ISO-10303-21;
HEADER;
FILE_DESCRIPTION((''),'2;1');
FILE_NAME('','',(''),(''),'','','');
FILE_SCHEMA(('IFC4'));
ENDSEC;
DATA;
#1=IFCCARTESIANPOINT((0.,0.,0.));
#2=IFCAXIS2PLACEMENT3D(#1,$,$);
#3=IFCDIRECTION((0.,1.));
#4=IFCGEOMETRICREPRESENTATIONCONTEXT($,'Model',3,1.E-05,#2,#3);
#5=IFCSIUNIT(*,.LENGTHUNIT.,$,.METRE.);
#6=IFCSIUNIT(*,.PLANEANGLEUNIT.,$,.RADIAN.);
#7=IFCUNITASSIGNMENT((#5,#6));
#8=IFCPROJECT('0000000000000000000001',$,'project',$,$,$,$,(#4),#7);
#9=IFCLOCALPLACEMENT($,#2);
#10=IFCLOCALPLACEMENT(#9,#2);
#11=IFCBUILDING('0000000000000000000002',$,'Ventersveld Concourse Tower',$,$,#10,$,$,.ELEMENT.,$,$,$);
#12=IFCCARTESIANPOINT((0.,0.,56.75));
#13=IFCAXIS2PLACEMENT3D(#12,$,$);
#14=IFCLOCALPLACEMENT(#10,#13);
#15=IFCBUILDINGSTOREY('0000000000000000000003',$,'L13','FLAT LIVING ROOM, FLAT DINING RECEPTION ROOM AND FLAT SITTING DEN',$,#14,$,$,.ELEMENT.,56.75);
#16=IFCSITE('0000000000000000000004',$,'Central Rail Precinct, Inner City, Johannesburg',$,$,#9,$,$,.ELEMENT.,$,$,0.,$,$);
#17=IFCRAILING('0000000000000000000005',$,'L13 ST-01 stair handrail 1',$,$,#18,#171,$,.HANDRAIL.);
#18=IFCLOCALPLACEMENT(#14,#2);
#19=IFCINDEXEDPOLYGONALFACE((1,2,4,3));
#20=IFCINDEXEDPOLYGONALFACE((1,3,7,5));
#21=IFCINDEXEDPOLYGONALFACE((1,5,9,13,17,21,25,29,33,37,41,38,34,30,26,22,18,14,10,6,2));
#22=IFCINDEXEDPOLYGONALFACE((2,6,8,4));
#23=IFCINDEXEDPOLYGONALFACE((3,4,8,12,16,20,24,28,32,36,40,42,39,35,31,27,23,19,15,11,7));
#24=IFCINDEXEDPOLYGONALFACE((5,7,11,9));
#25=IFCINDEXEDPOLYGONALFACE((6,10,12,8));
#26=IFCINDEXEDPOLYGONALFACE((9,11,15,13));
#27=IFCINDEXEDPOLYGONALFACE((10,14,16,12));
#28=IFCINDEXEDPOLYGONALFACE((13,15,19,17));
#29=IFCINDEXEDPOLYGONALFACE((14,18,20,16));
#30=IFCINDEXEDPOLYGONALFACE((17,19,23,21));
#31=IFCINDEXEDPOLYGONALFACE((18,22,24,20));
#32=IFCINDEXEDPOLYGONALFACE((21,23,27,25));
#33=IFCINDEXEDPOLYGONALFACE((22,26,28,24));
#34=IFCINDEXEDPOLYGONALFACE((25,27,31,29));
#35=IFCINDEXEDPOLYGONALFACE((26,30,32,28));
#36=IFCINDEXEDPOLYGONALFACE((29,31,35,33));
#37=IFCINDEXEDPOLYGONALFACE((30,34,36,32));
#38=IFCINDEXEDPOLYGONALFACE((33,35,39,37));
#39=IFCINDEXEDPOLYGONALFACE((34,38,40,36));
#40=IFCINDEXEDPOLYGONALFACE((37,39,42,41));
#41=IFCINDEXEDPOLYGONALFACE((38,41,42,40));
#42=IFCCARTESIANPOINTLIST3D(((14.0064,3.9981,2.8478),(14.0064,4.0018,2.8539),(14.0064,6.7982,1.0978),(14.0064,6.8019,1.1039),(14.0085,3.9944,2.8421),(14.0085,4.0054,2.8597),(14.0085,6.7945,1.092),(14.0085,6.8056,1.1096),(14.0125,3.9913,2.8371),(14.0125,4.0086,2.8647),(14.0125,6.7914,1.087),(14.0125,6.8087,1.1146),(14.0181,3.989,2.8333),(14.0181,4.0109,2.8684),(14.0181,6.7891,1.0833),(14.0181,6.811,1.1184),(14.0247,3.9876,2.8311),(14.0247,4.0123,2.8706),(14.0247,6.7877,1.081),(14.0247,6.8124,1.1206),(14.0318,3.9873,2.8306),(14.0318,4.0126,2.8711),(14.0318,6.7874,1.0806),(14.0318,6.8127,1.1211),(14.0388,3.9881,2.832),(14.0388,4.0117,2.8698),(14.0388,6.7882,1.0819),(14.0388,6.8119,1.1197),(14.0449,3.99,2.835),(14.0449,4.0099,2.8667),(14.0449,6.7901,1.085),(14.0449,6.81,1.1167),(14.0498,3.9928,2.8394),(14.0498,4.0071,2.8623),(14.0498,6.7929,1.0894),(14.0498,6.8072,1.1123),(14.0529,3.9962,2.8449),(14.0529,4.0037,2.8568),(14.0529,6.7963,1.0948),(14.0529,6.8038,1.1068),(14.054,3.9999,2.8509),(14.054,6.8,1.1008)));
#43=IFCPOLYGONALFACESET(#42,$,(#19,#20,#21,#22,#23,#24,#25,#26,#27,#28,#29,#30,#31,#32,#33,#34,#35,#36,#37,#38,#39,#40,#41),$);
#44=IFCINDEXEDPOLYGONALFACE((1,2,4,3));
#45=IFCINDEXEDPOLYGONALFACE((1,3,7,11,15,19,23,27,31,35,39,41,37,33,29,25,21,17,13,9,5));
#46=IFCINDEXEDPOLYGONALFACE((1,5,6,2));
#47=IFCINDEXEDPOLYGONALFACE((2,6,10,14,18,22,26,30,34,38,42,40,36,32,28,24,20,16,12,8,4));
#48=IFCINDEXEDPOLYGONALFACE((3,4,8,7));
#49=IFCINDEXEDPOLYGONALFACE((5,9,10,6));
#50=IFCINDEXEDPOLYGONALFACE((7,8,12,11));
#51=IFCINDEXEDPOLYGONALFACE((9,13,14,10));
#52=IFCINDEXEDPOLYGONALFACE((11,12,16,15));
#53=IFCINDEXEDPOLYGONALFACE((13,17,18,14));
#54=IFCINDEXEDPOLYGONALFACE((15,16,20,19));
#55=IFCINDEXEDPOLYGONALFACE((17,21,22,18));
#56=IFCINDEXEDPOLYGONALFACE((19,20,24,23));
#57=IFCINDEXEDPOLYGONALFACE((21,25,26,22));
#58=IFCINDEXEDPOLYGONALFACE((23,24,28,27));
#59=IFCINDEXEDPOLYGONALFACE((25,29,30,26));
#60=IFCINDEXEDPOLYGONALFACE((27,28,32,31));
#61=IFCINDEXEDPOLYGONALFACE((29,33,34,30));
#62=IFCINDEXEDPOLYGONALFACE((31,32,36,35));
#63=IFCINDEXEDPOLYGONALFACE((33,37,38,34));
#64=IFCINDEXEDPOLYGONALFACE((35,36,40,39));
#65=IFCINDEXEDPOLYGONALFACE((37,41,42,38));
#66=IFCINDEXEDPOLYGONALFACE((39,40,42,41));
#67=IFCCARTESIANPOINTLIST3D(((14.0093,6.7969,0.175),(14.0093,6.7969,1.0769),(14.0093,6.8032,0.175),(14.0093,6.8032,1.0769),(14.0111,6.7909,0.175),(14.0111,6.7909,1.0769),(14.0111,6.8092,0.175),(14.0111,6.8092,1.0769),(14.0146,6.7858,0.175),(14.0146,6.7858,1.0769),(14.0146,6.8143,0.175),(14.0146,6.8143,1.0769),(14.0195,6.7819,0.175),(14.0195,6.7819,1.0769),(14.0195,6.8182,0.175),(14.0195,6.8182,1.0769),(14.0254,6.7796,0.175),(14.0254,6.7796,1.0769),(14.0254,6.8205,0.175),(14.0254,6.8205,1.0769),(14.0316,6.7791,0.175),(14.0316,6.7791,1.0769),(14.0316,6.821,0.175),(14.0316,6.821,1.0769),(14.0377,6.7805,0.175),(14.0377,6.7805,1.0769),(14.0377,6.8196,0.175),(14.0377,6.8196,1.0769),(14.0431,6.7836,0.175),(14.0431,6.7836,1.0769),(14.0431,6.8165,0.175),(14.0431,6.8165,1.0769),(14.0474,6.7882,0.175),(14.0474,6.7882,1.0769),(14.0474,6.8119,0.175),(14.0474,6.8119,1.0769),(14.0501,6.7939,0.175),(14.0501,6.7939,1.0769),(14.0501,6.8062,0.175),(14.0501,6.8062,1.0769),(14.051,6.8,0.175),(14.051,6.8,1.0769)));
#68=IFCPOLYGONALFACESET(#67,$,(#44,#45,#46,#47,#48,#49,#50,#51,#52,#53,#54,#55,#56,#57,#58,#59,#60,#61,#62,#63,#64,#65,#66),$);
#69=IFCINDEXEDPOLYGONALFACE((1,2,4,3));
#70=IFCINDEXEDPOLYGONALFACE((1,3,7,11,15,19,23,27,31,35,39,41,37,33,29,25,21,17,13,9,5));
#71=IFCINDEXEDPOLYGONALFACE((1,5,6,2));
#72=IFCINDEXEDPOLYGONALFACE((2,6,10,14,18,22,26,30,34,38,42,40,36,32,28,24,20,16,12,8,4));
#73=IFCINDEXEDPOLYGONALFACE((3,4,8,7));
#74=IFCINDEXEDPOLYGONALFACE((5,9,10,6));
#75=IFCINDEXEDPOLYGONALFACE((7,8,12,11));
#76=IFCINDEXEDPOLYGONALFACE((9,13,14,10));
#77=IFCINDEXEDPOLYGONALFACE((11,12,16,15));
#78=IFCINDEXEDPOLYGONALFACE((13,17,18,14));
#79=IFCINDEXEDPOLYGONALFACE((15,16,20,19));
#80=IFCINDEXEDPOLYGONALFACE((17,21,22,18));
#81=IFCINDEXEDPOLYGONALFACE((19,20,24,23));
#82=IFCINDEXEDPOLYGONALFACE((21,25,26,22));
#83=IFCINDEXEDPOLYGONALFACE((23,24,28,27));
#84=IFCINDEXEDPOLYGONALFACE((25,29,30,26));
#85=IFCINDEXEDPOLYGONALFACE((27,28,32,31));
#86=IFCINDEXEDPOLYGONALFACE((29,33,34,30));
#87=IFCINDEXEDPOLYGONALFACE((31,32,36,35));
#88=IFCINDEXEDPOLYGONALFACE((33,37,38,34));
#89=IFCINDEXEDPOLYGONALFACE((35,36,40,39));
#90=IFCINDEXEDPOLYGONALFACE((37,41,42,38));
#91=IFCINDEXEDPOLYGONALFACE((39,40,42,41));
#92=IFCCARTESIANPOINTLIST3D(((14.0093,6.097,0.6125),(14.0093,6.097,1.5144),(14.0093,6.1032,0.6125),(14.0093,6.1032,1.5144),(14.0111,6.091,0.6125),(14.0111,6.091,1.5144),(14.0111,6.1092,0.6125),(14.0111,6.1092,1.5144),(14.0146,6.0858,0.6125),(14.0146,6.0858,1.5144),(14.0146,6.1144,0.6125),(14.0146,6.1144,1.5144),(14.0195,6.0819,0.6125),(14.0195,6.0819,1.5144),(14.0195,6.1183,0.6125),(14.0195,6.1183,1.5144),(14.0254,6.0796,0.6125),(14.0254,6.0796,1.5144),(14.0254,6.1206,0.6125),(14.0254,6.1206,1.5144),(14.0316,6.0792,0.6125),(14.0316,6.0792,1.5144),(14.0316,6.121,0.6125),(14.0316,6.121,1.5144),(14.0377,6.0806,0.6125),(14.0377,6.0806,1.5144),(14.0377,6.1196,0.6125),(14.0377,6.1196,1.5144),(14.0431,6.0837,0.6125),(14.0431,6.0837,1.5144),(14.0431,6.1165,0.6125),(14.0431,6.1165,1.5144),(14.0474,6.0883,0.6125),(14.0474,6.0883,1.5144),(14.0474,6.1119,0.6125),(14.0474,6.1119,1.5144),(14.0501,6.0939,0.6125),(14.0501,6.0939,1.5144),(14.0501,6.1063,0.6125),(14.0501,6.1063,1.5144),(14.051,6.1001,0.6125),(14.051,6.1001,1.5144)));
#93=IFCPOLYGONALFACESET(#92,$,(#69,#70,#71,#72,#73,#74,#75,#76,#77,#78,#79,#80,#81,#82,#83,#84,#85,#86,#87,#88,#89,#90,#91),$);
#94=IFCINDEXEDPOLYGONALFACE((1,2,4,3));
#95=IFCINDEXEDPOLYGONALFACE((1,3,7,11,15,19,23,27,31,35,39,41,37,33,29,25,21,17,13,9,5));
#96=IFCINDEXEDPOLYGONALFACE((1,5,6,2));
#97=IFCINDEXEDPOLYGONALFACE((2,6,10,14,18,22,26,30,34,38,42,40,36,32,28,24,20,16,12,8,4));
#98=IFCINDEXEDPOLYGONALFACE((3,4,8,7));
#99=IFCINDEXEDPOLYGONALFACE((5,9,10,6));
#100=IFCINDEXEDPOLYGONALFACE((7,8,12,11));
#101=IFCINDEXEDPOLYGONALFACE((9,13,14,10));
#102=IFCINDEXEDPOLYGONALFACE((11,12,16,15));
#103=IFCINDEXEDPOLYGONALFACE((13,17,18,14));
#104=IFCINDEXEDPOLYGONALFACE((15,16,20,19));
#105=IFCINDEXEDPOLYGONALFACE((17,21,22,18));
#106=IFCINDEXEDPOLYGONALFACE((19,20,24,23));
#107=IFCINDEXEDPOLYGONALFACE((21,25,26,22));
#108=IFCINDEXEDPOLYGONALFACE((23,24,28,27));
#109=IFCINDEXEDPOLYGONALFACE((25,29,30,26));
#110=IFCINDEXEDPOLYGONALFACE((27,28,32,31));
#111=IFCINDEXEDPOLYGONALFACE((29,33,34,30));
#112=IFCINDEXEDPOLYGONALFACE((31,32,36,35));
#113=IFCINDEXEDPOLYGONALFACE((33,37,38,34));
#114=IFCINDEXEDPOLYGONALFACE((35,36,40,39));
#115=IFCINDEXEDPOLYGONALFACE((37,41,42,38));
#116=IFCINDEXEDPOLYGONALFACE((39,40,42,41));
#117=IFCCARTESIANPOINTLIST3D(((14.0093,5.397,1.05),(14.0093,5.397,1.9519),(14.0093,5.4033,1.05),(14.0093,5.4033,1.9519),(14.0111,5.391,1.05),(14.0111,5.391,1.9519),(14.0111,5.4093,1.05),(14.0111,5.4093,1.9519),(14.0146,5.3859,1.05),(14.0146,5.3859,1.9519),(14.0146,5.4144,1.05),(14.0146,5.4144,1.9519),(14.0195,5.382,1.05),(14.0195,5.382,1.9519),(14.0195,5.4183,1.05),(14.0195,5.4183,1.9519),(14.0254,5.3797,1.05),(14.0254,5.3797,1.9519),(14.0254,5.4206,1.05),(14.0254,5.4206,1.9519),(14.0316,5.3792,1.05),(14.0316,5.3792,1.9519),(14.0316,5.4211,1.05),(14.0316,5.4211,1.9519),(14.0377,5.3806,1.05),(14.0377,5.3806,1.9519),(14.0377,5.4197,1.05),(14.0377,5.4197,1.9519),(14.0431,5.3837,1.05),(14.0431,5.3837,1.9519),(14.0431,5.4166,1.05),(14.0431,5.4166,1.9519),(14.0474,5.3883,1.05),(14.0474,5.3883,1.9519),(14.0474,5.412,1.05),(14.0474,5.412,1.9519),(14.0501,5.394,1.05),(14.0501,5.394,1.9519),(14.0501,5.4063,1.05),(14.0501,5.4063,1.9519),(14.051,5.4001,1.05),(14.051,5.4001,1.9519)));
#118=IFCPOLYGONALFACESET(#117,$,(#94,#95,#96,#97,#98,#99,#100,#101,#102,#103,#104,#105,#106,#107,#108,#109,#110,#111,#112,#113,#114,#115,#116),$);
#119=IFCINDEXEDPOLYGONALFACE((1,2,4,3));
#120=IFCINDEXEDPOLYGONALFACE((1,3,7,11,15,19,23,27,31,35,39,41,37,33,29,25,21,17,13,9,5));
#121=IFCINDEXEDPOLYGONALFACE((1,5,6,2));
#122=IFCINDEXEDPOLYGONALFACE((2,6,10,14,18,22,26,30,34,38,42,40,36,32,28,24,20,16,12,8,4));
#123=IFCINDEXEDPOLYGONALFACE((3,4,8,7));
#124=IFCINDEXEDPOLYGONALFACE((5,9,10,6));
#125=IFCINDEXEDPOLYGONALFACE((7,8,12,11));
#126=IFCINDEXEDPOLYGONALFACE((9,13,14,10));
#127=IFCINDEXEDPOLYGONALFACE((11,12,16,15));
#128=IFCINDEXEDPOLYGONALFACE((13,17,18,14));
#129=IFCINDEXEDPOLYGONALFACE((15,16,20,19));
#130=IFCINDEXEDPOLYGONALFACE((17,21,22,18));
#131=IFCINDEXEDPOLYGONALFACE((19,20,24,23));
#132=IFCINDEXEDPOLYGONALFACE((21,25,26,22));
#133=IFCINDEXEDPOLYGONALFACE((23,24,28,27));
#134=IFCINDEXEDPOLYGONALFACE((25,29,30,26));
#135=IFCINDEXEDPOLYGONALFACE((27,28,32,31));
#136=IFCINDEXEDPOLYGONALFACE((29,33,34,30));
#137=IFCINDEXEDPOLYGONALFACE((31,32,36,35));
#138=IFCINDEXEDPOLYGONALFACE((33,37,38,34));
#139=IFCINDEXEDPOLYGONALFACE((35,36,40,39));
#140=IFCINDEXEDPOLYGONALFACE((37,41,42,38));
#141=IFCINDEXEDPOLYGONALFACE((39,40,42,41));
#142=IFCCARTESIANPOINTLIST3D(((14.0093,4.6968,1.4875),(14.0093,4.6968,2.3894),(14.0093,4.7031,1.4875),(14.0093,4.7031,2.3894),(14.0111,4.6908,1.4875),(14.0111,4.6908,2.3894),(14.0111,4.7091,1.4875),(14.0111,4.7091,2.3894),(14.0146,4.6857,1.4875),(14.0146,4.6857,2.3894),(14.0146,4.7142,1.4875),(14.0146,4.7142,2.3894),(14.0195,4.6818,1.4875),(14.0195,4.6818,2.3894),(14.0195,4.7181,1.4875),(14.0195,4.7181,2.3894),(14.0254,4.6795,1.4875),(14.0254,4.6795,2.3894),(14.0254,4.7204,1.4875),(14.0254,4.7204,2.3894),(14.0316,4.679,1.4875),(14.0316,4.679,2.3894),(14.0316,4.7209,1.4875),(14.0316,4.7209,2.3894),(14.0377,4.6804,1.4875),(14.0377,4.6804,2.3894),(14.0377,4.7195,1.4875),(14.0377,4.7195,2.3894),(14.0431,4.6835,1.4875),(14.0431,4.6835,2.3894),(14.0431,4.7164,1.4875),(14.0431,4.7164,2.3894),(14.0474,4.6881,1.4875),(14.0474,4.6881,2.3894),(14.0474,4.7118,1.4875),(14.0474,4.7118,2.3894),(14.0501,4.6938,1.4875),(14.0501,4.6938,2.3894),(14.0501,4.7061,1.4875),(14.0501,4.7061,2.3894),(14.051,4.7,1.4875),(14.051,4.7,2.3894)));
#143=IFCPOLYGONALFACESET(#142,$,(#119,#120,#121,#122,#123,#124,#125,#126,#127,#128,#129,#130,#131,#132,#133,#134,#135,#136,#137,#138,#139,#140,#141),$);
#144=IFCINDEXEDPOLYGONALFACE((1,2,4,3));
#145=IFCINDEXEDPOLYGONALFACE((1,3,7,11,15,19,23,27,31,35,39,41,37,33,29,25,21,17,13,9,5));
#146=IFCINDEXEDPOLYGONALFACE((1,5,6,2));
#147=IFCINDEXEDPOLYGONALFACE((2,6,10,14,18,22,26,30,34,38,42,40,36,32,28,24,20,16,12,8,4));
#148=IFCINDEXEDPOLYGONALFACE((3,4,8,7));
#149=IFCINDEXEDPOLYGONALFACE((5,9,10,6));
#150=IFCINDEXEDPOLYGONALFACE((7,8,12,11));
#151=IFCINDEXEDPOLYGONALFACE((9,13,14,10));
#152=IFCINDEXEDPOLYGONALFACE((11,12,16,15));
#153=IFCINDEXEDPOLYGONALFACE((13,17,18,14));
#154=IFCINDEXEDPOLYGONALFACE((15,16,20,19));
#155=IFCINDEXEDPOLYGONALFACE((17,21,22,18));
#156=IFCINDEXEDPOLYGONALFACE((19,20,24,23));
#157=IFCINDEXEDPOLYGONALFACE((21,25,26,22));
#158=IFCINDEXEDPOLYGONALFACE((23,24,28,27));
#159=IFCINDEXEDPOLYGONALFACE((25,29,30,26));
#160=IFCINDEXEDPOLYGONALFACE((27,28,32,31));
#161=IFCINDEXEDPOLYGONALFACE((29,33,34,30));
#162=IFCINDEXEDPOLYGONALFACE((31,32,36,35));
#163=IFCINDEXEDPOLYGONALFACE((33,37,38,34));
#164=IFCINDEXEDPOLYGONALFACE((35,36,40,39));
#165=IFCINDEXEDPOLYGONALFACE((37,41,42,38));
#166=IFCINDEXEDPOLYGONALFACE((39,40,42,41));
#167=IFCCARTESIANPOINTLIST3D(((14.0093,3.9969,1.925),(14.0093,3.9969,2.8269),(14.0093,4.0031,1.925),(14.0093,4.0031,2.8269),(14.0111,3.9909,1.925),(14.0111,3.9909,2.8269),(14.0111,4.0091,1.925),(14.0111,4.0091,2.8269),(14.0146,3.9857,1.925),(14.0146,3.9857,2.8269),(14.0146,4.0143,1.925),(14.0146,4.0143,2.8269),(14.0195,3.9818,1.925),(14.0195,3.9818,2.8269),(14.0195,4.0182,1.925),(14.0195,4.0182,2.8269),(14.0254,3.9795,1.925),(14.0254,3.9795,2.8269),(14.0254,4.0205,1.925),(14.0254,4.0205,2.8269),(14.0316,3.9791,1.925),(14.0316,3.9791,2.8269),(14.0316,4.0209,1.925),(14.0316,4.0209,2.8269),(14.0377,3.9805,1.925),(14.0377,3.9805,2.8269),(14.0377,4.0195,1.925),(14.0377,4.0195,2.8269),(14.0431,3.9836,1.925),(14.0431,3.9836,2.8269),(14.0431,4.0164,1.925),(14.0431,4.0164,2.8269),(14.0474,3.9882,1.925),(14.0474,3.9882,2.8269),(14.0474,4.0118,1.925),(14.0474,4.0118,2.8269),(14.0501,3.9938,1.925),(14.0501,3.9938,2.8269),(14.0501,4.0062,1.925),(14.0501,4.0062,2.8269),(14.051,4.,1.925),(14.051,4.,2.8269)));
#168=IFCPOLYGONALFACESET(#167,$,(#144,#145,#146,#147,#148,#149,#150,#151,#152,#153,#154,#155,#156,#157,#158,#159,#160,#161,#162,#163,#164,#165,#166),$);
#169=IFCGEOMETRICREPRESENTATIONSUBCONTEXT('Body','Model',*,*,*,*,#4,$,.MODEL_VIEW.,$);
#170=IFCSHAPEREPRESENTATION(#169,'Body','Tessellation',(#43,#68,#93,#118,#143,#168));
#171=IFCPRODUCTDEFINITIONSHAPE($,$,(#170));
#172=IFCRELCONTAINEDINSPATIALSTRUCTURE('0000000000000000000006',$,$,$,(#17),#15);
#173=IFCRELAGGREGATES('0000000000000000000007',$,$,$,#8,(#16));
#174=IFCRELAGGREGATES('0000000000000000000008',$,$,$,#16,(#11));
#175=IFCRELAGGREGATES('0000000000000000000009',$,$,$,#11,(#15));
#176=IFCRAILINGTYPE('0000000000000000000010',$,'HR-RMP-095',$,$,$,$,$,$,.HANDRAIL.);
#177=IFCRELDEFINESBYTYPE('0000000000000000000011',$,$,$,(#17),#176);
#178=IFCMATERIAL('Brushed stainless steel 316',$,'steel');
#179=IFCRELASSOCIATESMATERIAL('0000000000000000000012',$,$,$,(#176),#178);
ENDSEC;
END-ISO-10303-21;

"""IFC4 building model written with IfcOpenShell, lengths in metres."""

from ifc_helpers import new_model, si_unit, direction, frame, origin, origin_2d, place, context, subcontext, project, spatial, circle, extrude, material, type_object, element, save


model = new_model("IFC4")

# Units and contexts
model_context = context("Model", 3, precision=1e-05, world=origin(), true_north=direction((0.0, 1.0)))
body_context = subcontext(model_context, "Body", "Model", "MODEL_VIEW")
ifc_project = project(units=[si_unit("LENGTHUNIT", "METRE"), si_unit("PLANEANGLEUNIT", "RADIAN")], contexts=[model_context])

# Site, building, storey
site_placement = place(None, origin())
site = spatial("IfcSite", under=ifc_project, at=site_placement, Name="Central Rail Precinct, Inner City, Johannesburg", CompositionType="ELEMENT", RefElevation=0.0)
building_placement = place(site_placement, origin())
building = spatial("IfcBuilding", under=site, at=building_placement, Name="Ventersveld Concourse Tower", CompositionType="ELEMENT")
storey_placement = place(building_placement, frame((0.0, 0.0, 56.75)))
storey = spatial("IfcBuildingStorey", under=building, at=storey_placement, Name="L13", Description="FLAT LIVING ROOM, FLAT DINING RECEPTION ROOM AND FLAT SITTING DEN", CompositionType="ELEMENT", Elevation=56.75)

# Railing
ifc_material_1 = material(Name="Brushed stainless steel 316", Category="steel")
railing_type = type_object("IfcRailingType", Name="HR-RMP-095", PredefinedType="HANDRAIL", material=ifc_material_1)
railing_placement = place(storey_placement, frame((14.03, 6.8, 0.175)))
element("IfcRailing", 1, at=railing_placement, inside=storey, type_object=railing_type, Name="L13 ST-01 stair handrail 1", PredefinedType="HANDRAIL", context=body_context, shape_type="SweptSolid", body=[
    extrude(circle(Radius=0.0239, at=origin_2d()), frame((0.0, 0.0, 0.9258), z_axis=(0.0, -0.848002, 0.529992), x_axis=(1.0, 0.0, 0.0)), (0.0, 0.0, 1.0), 3.302),
    extrude(circle(Radius=0.021, at=origin_2d()), origin(), (0.0, 0.0, 1.0), 0.9019),
    extrude(circle(Radius=0.021, at=origin_2d()), frame((0.0, -0.7, 0.4375)), (0.0, 0.0, 1.0), 0.9019),
    extrude(circle(Radius=0.021, at=origin_2d()), frame((0.0, -1.3999, 0.875)), (0.0, 0.0, 1.0), 0.9019),
    extrude(circle(Radius=0.021, at=origin_2d()), frame((0.0, -2.1001, 1.3125)), (0.0, 0.0, 1.0), 0.9019),
    extrude(circle(Radius=0.021, at=origin_2d()), frame((0.0, -2.8, 1.75)), (0.0, 0.0, 1.0), 0.9019),
])

save(model, "model.ifc")
